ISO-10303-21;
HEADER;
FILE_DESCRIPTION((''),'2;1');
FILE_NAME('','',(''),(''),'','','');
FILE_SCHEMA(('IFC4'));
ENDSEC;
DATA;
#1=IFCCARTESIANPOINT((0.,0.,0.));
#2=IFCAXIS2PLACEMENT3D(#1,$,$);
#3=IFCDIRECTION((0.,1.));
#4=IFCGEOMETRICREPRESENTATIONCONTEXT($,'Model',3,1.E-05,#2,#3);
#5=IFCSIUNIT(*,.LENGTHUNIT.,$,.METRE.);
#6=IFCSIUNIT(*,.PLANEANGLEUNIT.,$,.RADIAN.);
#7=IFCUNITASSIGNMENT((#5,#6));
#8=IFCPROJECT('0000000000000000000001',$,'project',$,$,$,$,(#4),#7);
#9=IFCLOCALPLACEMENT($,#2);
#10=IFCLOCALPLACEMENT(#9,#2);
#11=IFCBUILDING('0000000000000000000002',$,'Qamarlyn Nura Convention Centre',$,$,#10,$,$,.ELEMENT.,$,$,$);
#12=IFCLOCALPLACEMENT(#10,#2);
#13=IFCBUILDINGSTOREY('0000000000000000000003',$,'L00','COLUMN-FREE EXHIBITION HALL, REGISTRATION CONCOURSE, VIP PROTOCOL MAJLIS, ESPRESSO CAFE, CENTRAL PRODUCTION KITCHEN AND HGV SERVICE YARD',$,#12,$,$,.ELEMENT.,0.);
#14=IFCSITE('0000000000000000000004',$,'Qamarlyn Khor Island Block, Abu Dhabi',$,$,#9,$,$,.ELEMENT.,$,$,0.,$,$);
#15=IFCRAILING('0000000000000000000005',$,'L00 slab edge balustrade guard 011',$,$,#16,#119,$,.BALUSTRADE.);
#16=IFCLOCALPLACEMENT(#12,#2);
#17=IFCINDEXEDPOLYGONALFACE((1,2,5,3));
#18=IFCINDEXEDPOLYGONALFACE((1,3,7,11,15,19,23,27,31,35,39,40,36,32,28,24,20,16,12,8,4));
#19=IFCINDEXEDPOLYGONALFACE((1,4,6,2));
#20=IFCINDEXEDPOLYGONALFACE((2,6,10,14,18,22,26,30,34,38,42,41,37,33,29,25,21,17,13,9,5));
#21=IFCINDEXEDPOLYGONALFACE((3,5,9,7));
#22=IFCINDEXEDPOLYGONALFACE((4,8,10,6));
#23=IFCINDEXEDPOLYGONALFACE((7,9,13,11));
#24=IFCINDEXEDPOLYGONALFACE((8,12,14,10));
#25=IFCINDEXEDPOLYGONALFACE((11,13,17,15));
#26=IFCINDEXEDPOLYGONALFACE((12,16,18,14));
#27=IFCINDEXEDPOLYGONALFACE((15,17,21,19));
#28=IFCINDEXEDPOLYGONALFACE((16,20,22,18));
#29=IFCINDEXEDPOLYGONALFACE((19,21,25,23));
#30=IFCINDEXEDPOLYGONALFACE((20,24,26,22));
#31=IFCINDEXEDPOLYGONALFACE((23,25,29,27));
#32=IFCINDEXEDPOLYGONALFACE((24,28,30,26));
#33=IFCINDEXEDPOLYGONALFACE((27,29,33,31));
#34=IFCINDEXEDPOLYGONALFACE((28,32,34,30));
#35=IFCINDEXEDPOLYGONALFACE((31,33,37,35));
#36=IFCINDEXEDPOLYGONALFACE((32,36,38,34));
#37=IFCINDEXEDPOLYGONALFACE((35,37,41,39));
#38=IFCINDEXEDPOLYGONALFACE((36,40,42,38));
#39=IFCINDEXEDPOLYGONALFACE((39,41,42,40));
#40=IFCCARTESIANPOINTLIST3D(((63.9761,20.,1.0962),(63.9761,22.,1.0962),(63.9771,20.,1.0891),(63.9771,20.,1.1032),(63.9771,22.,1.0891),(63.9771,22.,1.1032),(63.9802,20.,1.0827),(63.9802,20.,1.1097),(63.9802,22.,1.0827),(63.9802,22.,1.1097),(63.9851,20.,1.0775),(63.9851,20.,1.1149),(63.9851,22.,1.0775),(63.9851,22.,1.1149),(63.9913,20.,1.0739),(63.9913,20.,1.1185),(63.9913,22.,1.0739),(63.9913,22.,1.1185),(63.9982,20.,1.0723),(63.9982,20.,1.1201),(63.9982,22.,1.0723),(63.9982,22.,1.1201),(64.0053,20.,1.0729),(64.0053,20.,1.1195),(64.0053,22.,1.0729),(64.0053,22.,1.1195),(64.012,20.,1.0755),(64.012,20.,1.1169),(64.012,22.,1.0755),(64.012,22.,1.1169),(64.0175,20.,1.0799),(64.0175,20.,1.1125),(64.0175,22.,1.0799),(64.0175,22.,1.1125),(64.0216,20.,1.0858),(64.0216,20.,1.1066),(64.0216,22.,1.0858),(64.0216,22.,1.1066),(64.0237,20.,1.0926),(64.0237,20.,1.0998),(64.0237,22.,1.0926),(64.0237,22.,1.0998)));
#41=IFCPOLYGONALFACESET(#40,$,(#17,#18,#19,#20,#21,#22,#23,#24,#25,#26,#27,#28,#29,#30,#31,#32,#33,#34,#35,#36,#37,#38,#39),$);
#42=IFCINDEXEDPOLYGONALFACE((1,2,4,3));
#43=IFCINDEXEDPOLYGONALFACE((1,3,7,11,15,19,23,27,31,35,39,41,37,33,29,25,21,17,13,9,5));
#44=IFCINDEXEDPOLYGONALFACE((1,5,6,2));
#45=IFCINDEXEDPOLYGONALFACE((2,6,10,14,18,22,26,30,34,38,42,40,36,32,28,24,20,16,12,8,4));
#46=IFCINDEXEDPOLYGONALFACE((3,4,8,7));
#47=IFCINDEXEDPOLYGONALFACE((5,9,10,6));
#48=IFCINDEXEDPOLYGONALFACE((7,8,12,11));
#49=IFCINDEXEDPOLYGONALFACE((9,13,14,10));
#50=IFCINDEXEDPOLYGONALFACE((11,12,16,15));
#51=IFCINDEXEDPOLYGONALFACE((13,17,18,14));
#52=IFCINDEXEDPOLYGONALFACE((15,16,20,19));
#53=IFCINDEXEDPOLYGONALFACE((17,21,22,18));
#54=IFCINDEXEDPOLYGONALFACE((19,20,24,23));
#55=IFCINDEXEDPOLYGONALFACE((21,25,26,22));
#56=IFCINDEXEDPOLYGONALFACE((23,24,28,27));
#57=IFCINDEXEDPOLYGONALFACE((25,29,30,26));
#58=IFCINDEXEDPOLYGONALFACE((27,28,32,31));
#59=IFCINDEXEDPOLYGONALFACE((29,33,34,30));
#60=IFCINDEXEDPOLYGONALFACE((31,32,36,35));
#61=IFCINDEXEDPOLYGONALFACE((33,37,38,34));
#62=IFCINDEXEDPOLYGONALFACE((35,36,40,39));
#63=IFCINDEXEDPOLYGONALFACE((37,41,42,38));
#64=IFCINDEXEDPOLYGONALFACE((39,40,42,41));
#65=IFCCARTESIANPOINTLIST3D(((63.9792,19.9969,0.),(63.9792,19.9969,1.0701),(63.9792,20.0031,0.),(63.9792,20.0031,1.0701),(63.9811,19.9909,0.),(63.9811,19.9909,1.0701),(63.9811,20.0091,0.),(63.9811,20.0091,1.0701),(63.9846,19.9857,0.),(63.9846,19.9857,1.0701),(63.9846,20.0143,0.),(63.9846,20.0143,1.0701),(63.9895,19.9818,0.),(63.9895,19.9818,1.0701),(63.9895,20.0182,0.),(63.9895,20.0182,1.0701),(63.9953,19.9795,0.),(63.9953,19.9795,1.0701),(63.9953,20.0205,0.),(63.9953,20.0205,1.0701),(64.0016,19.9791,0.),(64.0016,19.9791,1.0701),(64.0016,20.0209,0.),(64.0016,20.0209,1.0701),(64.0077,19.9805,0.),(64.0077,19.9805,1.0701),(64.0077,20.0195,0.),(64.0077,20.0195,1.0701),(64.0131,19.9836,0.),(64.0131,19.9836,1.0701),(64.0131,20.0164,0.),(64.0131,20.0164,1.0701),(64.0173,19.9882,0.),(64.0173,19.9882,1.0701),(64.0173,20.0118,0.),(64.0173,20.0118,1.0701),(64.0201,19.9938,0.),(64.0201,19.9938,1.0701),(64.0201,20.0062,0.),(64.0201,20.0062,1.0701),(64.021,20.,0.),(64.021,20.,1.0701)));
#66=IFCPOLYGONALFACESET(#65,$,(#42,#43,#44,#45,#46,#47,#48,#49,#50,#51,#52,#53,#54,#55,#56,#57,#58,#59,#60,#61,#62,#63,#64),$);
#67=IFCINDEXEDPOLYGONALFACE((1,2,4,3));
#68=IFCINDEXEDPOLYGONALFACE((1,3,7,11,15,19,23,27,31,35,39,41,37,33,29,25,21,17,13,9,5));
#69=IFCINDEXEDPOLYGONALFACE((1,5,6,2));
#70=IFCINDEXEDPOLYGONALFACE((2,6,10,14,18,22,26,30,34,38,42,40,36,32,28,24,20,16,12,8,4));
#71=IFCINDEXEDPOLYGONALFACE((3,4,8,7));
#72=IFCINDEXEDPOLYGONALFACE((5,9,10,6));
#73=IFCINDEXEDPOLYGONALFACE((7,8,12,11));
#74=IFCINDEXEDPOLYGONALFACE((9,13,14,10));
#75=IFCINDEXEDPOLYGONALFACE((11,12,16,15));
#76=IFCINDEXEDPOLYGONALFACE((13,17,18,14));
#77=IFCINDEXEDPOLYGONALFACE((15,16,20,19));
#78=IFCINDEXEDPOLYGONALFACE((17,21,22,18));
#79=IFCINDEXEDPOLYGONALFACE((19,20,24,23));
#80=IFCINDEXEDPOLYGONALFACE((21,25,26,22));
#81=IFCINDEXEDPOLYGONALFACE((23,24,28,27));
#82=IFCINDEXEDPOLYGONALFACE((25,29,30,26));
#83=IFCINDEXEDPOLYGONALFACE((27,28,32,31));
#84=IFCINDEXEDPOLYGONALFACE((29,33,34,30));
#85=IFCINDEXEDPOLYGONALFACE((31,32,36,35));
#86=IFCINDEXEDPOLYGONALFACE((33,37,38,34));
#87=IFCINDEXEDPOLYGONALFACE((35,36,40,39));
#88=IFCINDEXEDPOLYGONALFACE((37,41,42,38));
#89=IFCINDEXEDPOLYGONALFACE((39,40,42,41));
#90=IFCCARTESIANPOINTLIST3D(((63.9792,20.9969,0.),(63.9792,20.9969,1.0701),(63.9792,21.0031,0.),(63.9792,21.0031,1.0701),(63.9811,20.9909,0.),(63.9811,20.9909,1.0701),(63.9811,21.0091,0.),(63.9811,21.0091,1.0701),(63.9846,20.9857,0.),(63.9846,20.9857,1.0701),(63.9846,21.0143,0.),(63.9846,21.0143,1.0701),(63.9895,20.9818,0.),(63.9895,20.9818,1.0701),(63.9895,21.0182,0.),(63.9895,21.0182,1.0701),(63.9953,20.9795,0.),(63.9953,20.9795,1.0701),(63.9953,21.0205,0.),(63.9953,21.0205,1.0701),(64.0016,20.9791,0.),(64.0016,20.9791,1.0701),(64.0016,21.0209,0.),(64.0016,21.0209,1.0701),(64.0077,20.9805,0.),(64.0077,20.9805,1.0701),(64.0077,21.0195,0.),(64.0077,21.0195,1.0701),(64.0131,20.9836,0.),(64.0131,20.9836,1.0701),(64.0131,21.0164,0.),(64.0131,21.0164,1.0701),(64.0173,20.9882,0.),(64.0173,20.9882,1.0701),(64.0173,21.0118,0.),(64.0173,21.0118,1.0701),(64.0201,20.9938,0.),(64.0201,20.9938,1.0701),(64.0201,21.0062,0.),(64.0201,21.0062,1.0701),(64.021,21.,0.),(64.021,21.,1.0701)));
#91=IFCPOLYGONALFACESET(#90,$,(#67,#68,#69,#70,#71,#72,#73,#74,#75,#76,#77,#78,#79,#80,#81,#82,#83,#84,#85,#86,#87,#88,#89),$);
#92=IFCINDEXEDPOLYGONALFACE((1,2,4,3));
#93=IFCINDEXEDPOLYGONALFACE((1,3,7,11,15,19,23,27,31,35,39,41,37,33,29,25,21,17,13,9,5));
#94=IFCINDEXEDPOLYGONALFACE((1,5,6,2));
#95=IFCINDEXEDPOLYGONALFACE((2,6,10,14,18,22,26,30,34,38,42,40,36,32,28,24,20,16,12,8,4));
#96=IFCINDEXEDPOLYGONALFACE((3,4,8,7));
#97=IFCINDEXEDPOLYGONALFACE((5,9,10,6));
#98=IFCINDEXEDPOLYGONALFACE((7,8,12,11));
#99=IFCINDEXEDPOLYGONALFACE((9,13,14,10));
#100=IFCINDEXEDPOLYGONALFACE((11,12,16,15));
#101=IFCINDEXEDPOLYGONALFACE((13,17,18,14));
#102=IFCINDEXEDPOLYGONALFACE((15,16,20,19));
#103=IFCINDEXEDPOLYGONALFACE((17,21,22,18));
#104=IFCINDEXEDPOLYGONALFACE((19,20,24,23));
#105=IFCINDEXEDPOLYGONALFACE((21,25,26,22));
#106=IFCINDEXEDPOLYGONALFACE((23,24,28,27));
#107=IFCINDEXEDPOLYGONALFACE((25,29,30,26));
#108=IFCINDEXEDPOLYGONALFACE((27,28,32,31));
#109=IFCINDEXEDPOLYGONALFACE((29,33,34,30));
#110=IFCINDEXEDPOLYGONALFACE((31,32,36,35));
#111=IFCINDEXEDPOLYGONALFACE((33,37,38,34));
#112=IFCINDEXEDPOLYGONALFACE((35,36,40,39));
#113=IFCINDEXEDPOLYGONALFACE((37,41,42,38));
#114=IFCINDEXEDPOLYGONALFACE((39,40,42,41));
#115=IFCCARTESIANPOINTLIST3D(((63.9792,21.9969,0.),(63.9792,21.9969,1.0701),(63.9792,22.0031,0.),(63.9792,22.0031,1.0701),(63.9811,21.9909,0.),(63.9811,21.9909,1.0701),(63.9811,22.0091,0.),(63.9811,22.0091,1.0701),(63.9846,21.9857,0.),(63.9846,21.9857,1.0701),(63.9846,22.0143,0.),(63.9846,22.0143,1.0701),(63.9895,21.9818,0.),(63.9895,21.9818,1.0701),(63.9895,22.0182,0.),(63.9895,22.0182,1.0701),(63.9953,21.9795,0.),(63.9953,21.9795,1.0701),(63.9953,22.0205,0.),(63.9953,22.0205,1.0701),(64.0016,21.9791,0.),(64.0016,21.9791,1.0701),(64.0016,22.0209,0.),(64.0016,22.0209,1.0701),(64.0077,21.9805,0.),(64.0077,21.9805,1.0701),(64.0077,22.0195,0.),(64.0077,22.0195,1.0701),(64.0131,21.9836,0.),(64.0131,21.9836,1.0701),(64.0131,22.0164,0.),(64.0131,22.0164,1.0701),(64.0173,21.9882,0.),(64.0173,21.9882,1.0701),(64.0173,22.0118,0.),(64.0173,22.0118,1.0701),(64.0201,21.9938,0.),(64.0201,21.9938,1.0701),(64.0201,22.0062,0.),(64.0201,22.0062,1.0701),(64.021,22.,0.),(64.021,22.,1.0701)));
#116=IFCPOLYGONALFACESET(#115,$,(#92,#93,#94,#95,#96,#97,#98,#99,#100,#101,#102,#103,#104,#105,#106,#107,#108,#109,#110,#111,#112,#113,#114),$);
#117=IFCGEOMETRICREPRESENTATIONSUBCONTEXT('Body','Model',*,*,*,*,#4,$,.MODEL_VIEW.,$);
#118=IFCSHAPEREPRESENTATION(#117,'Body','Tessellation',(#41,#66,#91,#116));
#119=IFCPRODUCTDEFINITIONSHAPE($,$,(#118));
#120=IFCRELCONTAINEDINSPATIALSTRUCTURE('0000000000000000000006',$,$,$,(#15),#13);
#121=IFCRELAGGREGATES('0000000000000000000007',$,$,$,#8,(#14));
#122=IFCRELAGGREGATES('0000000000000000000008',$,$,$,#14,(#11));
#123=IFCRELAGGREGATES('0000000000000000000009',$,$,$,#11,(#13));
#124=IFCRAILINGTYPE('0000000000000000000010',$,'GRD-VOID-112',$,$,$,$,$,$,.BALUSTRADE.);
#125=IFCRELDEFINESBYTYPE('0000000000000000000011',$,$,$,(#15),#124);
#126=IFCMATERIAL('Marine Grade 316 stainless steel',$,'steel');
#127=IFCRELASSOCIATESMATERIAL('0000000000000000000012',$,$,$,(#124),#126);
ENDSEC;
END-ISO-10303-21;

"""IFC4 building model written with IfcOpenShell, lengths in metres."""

from ifc_helpers import new_model, si_unit, direction, frame, origin, origin_2d, place, context, subcontext, project, spatial, circle, extrude, material, type_object, element, save


model = new_model("IFC4")

# Units and contexts
model_context = context("Model", 3, precision=1e-05, world=origin(), true_north=direction((0.0, 1.0)))
body_context = subcontext(model_context, "Body", "Model", "MODEL_VIEW")
ifc_project = project(units=[si_unit("LENGTHUNIT", "METRE"), si_unit("PLANEANGLEUNIT", "RADIAN")], contexts=[model_context])

# Site, building, storey
site_placement = place(None, origin())
site = spatial("IfcSite", under=ifc_project, at=site_placement, Name="Qamarlyn Khor Island Block, Abu Dhabi", CompositionType="ELEMENT", RefElevation=0.0)
building_placement = place(site_placement, origin())
building = spatial("IfcBuilding", under=site, at=building_placement, Name="Qamarlyn Nura Convention Centre", CompositionType="ELEMENT")
storey_placement = place(building_placement, origin())
storey = spatial("IfcBuildingStorey", under=building, at=storey_placement, Name="L00", Description="COLUMN-FREE EXHIBITION HALL, REGISTRATION CONCOURSE, VIP PROTOCOL MAJLIS, ESPRESSO CAFE, CENTRAL PRODUCTION KITCHEN AND HGV SERVICE YARD", CompositionType="ELEMENT", Elevation=0.0)

# Railing
ifc_material_1 = material(Name="Marine Grade 316 stainless steel", Category="steel")
railing_type_1 = type_object("IfcRailingType", Name="GRD-VOID-112", PredefinedType="BALUSTRADE", material=ifc_material_1)
railing_1_placement = place(storey_placement, frame((64.0, 20.0, 0.0)))
element("IfcRailing", 1, at=railing_1_placement, inside=storey, type_object=railing_type_1, Name="L00 slab edge balustrade guard 011", PredefinedType="BALUSTRADE", context=body_context, shape_type="SweptSolid", body=[
    extrude(circle(Radius=0.0239, at=origin_2d()), frame((0.0, 0.0, 1.0962), z_axis=(0.0, 1.0, 0.0), x_axis=(-1.0, 0.0, 0.0)), (0.0, 0.0, 1.0), 2.0),
    extrude(circle(Radius=0.021, at=origin_2d()), origin(), (0.0, 0.0, 1.0), 1.0701),
    extrude(circle(Radius=0.021, at=origin_2d()), frame((0.0, 1.0, 0.0)), (0.0, 0.0, 1.0), 1.0701),
    extrude(circle(Radius=0.021, at=origin_2d()), frame((0.0, 2.0, 0.0)), (0.0, 0.0, 1.0), 1.0701),
])

save(model, "model.ifc")
